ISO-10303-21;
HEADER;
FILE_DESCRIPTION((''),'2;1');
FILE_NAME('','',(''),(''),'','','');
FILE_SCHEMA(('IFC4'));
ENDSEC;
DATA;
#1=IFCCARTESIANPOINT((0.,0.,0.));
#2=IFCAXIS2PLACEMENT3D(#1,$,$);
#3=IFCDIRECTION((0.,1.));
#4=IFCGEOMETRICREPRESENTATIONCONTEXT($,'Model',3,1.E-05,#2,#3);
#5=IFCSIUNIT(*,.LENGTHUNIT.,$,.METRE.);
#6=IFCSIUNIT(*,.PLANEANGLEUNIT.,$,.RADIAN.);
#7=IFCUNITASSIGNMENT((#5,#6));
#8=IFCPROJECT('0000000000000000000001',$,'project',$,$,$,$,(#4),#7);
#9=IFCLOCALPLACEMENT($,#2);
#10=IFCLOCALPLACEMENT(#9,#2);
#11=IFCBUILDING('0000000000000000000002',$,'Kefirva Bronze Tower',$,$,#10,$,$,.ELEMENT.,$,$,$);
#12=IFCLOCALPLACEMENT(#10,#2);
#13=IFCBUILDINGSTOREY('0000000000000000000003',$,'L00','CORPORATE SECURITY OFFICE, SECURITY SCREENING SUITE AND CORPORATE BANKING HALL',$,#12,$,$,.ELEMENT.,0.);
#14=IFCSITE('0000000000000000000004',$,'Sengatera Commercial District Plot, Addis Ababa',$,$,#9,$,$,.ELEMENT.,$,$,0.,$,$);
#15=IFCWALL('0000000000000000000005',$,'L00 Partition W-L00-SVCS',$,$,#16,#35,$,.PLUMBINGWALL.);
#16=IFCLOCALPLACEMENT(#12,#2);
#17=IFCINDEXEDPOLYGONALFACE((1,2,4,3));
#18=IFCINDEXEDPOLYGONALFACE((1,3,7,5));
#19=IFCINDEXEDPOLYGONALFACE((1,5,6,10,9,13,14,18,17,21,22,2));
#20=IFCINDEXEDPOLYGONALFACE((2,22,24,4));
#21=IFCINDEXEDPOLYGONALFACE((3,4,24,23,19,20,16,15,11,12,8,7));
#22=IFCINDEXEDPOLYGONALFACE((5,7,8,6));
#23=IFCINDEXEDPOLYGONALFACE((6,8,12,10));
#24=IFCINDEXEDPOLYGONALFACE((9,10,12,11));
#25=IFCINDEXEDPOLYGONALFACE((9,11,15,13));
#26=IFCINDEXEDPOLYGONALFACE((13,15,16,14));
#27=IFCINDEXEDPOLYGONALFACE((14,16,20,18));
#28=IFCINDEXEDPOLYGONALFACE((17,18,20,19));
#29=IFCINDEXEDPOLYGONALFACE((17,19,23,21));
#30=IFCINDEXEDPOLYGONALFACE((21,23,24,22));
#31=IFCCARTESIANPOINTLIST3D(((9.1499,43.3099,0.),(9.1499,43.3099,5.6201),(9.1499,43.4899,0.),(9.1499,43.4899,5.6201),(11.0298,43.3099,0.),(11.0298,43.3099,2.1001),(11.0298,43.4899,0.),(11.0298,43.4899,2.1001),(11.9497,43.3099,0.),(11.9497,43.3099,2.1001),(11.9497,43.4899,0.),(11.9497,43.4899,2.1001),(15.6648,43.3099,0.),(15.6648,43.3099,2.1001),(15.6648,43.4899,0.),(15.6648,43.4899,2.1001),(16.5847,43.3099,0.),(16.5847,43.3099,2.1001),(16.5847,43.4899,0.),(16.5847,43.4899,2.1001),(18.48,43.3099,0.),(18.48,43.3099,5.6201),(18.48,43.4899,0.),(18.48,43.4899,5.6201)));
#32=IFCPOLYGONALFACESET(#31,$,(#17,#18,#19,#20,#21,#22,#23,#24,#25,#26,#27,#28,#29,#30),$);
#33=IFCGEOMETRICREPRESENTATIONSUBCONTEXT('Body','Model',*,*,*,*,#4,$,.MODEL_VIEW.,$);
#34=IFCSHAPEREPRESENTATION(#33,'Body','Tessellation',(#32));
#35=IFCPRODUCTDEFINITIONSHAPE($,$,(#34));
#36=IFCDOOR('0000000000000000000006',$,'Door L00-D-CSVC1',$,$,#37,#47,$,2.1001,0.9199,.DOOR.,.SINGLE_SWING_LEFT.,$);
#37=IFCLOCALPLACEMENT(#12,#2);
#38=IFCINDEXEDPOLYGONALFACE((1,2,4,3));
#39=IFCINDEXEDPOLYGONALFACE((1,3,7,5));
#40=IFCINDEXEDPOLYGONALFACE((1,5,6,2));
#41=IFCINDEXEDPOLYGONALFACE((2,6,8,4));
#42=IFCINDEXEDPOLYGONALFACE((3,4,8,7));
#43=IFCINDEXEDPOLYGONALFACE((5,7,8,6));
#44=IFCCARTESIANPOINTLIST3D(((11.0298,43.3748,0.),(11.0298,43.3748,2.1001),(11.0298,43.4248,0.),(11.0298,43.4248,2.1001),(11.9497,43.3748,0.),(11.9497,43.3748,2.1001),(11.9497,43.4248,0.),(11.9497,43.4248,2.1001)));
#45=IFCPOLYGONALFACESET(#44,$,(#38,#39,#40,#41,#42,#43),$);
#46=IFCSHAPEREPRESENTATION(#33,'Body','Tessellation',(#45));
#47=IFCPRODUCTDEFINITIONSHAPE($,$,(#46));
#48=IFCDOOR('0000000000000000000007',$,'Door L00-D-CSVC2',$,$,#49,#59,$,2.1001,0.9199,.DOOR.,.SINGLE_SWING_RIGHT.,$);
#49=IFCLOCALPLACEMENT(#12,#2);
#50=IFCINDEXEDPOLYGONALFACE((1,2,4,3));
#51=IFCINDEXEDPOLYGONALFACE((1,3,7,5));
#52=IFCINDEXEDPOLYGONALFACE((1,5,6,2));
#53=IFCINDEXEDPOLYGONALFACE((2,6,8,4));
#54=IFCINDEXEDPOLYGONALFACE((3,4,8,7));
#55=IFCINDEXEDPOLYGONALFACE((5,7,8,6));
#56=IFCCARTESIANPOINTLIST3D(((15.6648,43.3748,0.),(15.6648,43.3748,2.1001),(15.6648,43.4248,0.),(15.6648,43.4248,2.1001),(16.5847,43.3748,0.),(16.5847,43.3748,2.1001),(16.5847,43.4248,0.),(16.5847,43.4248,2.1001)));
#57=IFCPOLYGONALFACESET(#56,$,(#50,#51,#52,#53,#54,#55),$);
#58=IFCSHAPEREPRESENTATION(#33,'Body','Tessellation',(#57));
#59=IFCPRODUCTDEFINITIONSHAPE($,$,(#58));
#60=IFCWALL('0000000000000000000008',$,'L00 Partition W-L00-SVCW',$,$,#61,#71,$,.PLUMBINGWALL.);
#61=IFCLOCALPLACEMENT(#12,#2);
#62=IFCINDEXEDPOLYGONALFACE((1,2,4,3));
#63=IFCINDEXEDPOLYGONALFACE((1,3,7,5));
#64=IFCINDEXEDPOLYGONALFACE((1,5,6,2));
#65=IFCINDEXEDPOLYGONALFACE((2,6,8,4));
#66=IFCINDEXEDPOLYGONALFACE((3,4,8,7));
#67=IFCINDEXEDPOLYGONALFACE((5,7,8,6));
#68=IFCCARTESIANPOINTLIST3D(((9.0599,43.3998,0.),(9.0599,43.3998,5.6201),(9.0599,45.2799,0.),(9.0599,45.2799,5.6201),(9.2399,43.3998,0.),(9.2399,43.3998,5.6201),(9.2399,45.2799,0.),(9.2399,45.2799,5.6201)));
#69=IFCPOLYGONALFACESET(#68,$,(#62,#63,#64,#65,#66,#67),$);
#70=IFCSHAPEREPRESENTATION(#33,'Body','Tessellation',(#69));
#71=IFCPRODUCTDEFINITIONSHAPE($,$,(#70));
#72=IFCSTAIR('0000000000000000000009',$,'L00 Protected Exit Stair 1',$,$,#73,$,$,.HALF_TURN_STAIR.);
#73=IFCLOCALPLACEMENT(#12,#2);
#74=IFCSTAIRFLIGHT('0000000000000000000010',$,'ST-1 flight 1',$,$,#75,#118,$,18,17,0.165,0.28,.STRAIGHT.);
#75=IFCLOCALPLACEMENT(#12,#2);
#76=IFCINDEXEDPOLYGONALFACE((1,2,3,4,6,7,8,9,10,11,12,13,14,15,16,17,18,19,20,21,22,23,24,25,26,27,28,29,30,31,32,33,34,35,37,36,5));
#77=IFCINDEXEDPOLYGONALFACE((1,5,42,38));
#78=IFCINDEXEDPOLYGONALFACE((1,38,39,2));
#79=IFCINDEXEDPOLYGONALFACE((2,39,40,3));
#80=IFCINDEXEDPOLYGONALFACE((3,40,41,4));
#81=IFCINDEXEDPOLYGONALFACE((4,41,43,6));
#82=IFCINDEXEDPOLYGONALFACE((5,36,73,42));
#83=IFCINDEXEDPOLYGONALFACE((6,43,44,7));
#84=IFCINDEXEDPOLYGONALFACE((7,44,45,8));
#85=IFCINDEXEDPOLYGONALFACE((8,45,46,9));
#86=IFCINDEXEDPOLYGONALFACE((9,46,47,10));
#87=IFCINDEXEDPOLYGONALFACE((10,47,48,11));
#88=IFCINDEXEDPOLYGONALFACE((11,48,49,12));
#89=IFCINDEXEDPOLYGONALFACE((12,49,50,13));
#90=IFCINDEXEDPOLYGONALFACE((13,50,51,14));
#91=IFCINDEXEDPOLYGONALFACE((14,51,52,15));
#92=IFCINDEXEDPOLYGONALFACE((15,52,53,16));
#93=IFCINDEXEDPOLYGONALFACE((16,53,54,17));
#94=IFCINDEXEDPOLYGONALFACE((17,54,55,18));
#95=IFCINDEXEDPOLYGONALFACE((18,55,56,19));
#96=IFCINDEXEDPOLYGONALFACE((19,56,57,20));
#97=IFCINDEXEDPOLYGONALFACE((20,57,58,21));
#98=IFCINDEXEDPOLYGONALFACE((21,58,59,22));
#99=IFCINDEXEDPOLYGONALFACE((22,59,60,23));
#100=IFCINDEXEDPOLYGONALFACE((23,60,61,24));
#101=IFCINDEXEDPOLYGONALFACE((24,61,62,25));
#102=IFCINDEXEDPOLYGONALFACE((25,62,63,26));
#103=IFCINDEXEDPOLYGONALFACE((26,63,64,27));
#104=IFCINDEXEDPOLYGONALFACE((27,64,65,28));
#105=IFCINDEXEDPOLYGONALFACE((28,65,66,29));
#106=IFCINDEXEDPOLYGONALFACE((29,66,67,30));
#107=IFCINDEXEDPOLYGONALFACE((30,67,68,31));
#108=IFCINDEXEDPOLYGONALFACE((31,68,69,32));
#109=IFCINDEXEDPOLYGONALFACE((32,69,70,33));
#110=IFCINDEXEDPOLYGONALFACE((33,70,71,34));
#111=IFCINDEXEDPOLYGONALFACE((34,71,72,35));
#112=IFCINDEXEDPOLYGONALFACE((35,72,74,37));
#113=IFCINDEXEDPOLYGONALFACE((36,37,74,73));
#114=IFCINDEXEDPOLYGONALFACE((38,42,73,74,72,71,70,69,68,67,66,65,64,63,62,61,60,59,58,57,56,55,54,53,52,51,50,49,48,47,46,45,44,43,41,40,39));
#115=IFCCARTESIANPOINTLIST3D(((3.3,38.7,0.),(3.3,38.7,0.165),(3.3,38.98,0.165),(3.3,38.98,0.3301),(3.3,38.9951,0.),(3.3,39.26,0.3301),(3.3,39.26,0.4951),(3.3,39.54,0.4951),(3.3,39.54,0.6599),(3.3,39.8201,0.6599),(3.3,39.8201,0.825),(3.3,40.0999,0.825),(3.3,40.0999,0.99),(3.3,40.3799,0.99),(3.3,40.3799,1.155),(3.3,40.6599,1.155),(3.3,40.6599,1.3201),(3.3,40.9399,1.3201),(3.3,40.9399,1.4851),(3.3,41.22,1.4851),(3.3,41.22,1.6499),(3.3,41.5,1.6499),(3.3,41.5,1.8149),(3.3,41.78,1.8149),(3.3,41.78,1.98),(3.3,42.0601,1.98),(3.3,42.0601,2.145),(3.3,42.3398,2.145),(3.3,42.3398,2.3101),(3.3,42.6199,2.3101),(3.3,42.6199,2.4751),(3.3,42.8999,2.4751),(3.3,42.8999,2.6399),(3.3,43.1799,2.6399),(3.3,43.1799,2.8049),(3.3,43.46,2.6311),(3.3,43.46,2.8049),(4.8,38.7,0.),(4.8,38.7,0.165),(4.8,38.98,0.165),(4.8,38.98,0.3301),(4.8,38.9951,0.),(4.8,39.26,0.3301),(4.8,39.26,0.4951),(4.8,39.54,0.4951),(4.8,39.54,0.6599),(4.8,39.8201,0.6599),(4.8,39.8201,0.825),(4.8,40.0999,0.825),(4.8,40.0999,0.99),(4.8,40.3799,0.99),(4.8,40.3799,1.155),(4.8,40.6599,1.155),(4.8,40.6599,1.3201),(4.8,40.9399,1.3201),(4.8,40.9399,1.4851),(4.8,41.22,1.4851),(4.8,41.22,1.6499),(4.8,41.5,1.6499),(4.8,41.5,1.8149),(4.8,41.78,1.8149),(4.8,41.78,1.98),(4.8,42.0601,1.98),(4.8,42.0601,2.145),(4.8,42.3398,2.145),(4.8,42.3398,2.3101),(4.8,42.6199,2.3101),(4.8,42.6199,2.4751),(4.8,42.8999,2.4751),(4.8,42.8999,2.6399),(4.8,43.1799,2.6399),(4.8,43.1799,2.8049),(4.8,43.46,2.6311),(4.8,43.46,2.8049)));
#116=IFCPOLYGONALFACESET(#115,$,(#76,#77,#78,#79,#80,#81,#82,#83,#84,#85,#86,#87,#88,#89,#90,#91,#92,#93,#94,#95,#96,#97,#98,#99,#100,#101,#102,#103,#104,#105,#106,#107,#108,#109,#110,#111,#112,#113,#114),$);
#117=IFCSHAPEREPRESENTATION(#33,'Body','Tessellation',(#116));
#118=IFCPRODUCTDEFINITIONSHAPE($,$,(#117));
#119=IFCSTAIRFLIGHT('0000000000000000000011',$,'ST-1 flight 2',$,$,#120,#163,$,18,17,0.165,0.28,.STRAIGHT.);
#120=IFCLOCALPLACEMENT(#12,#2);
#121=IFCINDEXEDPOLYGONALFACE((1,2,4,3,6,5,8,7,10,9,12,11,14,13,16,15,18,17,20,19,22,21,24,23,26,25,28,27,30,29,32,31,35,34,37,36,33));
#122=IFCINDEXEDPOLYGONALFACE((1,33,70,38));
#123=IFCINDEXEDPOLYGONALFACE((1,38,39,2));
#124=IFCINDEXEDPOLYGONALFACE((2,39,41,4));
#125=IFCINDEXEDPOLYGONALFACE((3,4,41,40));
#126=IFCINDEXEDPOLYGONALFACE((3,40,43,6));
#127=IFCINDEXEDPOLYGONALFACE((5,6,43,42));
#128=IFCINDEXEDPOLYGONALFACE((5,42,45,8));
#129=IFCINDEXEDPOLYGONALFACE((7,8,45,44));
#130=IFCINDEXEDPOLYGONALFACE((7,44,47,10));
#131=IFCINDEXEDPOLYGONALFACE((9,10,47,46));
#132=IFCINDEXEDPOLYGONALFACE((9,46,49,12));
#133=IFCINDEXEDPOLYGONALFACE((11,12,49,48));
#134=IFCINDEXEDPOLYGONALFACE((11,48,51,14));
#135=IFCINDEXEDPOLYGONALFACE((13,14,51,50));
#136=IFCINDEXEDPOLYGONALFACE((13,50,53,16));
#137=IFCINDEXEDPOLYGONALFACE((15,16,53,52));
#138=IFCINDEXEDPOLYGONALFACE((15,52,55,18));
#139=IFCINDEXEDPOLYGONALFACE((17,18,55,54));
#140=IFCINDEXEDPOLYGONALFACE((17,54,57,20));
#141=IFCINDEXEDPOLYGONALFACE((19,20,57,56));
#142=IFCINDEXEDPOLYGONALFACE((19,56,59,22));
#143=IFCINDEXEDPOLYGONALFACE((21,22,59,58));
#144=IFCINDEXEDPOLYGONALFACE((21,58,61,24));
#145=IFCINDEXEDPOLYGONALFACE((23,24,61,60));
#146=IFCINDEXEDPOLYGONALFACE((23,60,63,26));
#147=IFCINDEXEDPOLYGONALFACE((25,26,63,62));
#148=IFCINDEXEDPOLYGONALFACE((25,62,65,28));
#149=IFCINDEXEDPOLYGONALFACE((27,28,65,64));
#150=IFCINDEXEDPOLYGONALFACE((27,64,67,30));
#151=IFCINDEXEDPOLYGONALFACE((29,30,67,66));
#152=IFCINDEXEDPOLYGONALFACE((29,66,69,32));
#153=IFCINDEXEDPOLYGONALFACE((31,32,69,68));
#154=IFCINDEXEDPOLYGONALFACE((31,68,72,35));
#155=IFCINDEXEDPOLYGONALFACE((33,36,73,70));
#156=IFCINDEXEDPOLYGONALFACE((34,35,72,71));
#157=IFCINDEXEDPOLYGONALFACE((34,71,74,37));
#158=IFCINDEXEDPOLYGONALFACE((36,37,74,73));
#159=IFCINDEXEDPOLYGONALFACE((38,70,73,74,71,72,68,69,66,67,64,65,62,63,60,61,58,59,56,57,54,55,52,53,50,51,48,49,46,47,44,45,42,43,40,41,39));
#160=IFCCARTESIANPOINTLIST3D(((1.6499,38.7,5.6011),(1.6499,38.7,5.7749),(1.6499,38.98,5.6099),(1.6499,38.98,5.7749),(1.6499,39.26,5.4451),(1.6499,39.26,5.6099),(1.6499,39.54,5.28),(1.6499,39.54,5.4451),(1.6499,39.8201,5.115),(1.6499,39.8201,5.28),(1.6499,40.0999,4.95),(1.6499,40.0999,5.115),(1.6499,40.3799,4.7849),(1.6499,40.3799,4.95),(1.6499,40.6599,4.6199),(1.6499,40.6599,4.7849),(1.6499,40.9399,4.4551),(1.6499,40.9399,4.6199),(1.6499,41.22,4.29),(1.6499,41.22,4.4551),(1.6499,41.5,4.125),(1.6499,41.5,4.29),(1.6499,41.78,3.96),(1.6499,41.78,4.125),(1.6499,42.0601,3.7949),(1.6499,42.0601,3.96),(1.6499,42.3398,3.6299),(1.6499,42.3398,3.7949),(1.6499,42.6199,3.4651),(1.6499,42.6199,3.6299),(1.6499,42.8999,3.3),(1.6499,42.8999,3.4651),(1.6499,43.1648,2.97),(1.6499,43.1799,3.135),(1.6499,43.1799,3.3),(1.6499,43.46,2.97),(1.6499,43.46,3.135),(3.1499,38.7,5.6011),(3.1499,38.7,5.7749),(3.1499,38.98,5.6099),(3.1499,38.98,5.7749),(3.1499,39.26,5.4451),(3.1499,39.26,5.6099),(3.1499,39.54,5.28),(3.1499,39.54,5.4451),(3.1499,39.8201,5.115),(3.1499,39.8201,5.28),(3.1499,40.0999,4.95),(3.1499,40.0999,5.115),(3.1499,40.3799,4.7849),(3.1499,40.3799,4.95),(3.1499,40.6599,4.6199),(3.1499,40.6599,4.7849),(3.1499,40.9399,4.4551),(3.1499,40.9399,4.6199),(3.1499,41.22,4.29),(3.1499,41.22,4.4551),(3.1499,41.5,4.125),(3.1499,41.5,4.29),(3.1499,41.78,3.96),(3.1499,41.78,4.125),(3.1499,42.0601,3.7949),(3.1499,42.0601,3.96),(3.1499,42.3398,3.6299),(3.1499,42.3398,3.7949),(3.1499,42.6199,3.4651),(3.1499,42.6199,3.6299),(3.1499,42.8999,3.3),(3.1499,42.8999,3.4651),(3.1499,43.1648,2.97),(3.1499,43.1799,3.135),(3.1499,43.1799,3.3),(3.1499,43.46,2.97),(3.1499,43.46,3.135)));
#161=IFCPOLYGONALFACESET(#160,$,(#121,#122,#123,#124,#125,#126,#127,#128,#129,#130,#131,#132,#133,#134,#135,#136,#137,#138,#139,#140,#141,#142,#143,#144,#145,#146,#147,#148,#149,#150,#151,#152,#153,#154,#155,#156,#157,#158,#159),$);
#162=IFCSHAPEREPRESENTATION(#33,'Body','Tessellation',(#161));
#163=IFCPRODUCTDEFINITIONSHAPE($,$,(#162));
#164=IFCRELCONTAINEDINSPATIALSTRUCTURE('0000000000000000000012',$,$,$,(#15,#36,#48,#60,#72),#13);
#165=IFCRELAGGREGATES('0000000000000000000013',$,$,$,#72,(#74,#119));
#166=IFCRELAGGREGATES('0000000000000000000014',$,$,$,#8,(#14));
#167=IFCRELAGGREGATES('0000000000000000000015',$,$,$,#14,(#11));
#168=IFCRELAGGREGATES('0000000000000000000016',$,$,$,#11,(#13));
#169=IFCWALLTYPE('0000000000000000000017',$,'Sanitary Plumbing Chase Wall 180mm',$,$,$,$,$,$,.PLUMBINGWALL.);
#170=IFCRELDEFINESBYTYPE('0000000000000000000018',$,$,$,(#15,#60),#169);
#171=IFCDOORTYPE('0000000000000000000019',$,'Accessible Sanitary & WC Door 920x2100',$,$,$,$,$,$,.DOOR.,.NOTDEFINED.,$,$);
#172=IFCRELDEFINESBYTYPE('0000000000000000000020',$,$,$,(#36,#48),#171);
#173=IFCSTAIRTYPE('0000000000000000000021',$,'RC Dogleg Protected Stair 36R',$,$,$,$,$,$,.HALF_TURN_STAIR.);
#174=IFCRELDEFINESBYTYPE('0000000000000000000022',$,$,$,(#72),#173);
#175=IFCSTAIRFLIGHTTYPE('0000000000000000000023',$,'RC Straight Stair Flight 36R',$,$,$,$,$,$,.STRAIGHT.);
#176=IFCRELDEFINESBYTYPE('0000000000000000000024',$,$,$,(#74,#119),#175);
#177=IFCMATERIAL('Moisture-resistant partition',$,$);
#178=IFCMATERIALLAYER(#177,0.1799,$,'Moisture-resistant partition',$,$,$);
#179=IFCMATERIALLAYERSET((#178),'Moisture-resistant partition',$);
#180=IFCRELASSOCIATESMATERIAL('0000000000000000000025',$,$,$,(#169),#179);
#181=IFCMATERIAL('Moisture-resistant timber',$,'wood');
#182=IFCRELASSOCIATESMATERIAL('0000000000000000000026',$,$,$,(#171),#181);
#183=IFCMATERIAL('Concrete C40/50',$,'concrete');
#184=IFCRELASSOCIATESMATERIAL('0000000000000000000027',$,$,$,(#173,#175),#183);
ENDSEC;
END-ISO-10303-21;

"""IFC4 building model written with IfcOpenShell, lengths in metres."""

from ifc_helpers import new_model, si_unit, direction, frame, frame_2d, origin, place, context, subcontext, project, spatial, polyline, rectangle, outline, extrude, material, layer, layer_set, type_object, element, fill, aggregate, save


model = new_model("IFC4")

# Units and contexts
model_context = context("Model", 3, precision=1e-05, world=origin(), true_north=direction((0.0, 1.0)))
body_context = subcontext(model_context, "Body", "Model", "MODEL_VIEW")
ifc_project = project(units=[si_unit("LENGTHUNIT", "METRE"), si_unit("PLANEANGLEUNIT", "RADIAN")], contexts=[model_context])

# Site, building, storey
site_placement = place(None, origin())
site = spatial("IfcSite", under=ifc_project, at=site_placement, Name="Sengatera Commercial District Plot, Addis Ababa", CompositionType="ELEMENT", RefElevation=0.0)
building_placement = place(site_placement, origin())
building = spatial("IfcBuilding", under=site, at=building_placement, Name="Kefirva Bronze Tower", CompositionType="ELEMENT")
storey_placement = place(building_placement, origin())
storey = spatial("IfcBuildingStorey", under=building, at=storey_placement, Name="L00", Description="CORPORATE SECURITY OFFICE, SECURITY SCREENING SUITE AND CORPORATE BANKING HALL", CompositionType="ELEMENT", Elevation=0.0)

# Wall, openings, doors
ifc_material_1 = material(Name="Moisture-resistant partition")
ifc_layer_1 = layer(ifc_material_1, 0.1799, Name="Moisture-resistant partition")
ifc_layer_set_1 = layer_set([ifc_layer_1], Name="Moisture-resistant partition")
wall_type_1 = type_object("IfcWallType", Name="Sanitary Plumbing Chase Wall 180mm", PredefinedType="PLUMBINGWALL", material=ifc_layer_set_1)
wall_1_placement = place(storey_placement, frame((9.1499, 43.3999, 0.0), z_axis=(0.0, 0.0, 1.0), x_axis=(1.0, 0.0, 0.0)))
wall_1 = element("IfcWall", 1, at=wall_1_placement, inside=storey, type_object=wall_type_1, Name="L00 Partition W-L00-SVCS", PredefinedType="PLUMBINGWALL", context=body_context, shape_type="SweptSolid", body=[
    extrude(rectangle(XDim=9.3301, YDim=0.1799, at=frame_2d((4.665, 0.0))), origin(), (0.0, 0.0, 1.0), 5.6201),
])
opening_1_placement = place(wall_1_placement, frame((1.8799, 0.0, 0.0)))
opening_1 = element("IfcOpeningElement", 2, at=opening_1_placement, cuts=wall_1, PredefinedType="OPENING", context=body_context, shape_type="SweptSolid", body=[
    extrude(rectangle(XDim=0.9199, YDim=2.1001, at=frame_2d((0.46, 1.05))), frame((0.0, 0.1001, 0.0), z_axis=(0.0, -1.0, 0.0), x_axis=(1.0, 0.0, 0.0)), (0.0, 0.0, 1.0), 0.2),
])
opening_2_placement = place(wall_1_placement, frame((6.5149, 0.0, 0.0)))
opening_2 = element("IfcOpeningElement", 3, at=opening_2_placement, cuts=wall_1, PredefinedType="OPENING", context=body_context, shape_type="SweptSolid", body=[
    extrude(rectangle(XDim=0.9199, YDim=2.1001, at=frame_2d((0.46, 1.05))), frame((0.0, 0.1001, 0.0), z_axis=(0.0, -1.0, 0.0), x_axis=(1.0, 0.0, 0.0)), (0.0, 0.0, 1.0), 0.2),
])
ifc_material_2 = material(Name="Moisture-resistant timber", Category="wood")
door_type_1 = type_object("IfcDoorType", Name="Accessible Sanitary & WC Door 920x2100", OperationType="NOTDEFINED", PredefinedType="DOOR", material=ifc_material_2)
door_1_placement = place(opening_1_placement, origin())
door_1 = element("IfcDoor", 4, at=door_1_placement, inside=storey, type_object=door_type_1, Name="Door L00-D-CSVC1", OperationType="SINGLE_SWING_LEFT", OverallHeight=2.1001, OverallWidth=0.9199, PredefinedType="DOOR", context=body_context, shape_type="SweptSolid", body=[
    extrude(rectangle(XDim=0.9199, YDim=2.1001, at=frame_2d((0.46, 1.05))), frame((0.0, 0.0249, 0.0), z_axis=(0.0, -1.0, 0.0), x_axis=(1.0, 0.0, 0.0)), (0.0, 0.0, 1.0), 0.05),
])
fill(opening_1, door_1)
door_2_placement = place(opening_2_placement, origin())
door_2 = element("IfcDoor", 5, at=door_2_placement, inside=storey, type_object=door_type_1, Name="Door L00-D-CSVC2", OperationType="SINGLE_SWING_RIGHT", OverallHeight=2.1001, OverallWidth=0.9199, PredefinedType="DOOR", context=body_context, shape_type="SweptSolid", body=[
    extrude(rectangle(XDim=0.9199, YDim=2.1001, at=frame_2d((0.46, 1.05))), frame((0.0, 0.0249, 0.0), z_axis=(0.0, -1.0, 0.0), x_axis=(1.0, 0.0, 0.0)), (0.0, 0.0, 1.0), 0.05),
])
fill(opening_2, door_2)

# Wall
wall_2_placement = place(storey_placement, frame((9.1499, 43.3999, 0.0), z_axis=(0.0, 0.0, 1.0), x_axis=(0.0, 1.0, 0.0)))
element("IfcWall", 6, at=wall_2_placement, inside=storey, type_object=wall_type_1, Name="L00 Partition W-L00-SVCW", PredefinedType="PLUMBINGWALL", context=body_context, shape_type="SweptSolid", body=[
    extrude(rectangle(XDim=1.8801, YDim=0.1799, at=frame_2d((0.9399, 0.0))), origin(), (0.0, 0.0, 1.0), 5.6201),
])

# Stair, stair flights
ifc_material_3 = material(Name="Concrete C40/50", Category="concrete")
stair_type = type_object("IfcStairType", Name="RC Dogleg Protected Stair 36R", PredefinedType="HALF_TURN_STAIR", material=ifc_material_3)
stair_placement = place(storey_placement, origin())
stair = element("IfcStair", 7, at=stair_placement, inside=storey, type_object=stair_type, Name="L00 Protected Exit Stair 1", PredefinedType="HALF_TURN_STAIR")
stair_flight_type = type_object("IfcStairFlightType", Name="RC Straight Stair Flight 36R", PredefinedType="STRAIGHT", material=ifc_material_3)
stair_flight_1_placement = place(storey_placement, frame((4.05, 38.7, 0.0), z_axis=(0.0, 0.0, 1.0), x_axis=(0.0, 1.0, 0.0)))
stair_flight_1 = element("IfcStairFlight", 8, at=stair_flight_1_placement, type_object=stair_flight_type, Name="ST-1 flight 1", NumberOfRisers=18, NumberOfTreads=17, PredefinedType="STRAIGHT", RiserHeight=0.165, TreadLength=0.28, context=body_context, shape_type="SweptSolid", body=[
    extrude(outline(polyline([(0.0, 0.0), (0.0, 0.165), (0.28, 0.165), (0.28, 0.3301), (0.5601, 0.3301), (0.5601, 0.4951), (0.8401, 0.4951), (0.8401, 0.6599), (1.1201, 0.6599), (1.1201, 0.825), (1.3999, 0.825), (1.3999, 0.99), (1.6799, 0.99), (1.6799, 1.155), (1.96, 1.155), (1.96, 1.3201), (2.24, 1.3201), (2.24, 1.4851), (2.52, 1.4851), (2.52, 1.6499), (2.8, 1.6499), (2.8, 1.8149), (3.0801, 1.8149), (3.0801, 1.98), (3.3601, 1.98), (3.3601, 2.145), (3.6399, 2.145), (3.6399, 2.3101), (3.9199, 2.3101), (3.9199, 2.4751), (4.2, 2.4751), (4.2, 2.6399), (4.48, 2.6399), (4.48, 2.8049), (4.76, 2.8049), (4.76, 2.97), (4.76, 2.6311), (0.2952, 0.0), (0.0, 0.0)])), frame((0.0, 0.75, 0.0), z_axis=(0.0, -1.0, 0.0), x_axis=(1.0, 0.0, 0.0)), (0.0, 0.0, 1.0), 1.5),
])
stair_flight_2_placement = place(storey_placement, frame((2.3999, 43.46, 2.97), z_axis=(0.0, 0.0, 1.0), x_axis=(0.0, -1.0, 0.0)))
stair_flight_2 = element("IfcStairFlight", 9, at=stair_flight_2_placement, type_object=stair_flight_type, Name="ST-1 flight 2", NumberOfRisers=18, NumberOfTreads=17, PredefinedType="STRAIGHT", RiserHeight=0.165, TreadLength=0.28, context=body_context, shape_type="SweptSolid", body=[
    extrude(outline(polyline([(0.0, 0.0), (0.0, 0.165), (0.28, 0.165), (0.28, 0.3301), (0.5601, 0.3301), (0.5601, 0.4951), (0.8401, 0.4951), (0.8401, 0.6599), (1.1201, 0.6599), (1.1201, 0.825), (1.3999, 0.825), (1.3999, 0.99), (1.6799, 0.99), (1.6799, 1.155), (1.96, 1.155), (1.96, 1.3201), (2.24, 1.3201), (2.24, 1.4851), (2.52, 1.4851), (2.52, 1.6499), (2.8, 1.6499), (2.8, 1.8149), (3.0801, 1.8149), (3.0801, 1.98), (3.3601, 1.98), (3.3601, 2.145), (3.6399, 2.145), (3.6399, 2.3101), (3.9199, 2.3101), (3.9199, 2.4751), (4.2, 2.4751), (4.2, 2.6399), (4.48, 2.6399), (4.48, 2.8049), (4.76, 2.8049), (4.76, 2.97), (4.76, 2.6311), (0.2952, 0.0), (0.0, 0.0)])), frame((0.0, 0.75, 0.0), z_axis=(0.0, -1.0, 0.0), x_axis=(1.0, 0.0, 0.0)), (0.0, 0.0, 1.0), 1.5),
])
aggregate(stair, [stair_flight_1, stair_flight_2])

save(model, "model.ifc")
